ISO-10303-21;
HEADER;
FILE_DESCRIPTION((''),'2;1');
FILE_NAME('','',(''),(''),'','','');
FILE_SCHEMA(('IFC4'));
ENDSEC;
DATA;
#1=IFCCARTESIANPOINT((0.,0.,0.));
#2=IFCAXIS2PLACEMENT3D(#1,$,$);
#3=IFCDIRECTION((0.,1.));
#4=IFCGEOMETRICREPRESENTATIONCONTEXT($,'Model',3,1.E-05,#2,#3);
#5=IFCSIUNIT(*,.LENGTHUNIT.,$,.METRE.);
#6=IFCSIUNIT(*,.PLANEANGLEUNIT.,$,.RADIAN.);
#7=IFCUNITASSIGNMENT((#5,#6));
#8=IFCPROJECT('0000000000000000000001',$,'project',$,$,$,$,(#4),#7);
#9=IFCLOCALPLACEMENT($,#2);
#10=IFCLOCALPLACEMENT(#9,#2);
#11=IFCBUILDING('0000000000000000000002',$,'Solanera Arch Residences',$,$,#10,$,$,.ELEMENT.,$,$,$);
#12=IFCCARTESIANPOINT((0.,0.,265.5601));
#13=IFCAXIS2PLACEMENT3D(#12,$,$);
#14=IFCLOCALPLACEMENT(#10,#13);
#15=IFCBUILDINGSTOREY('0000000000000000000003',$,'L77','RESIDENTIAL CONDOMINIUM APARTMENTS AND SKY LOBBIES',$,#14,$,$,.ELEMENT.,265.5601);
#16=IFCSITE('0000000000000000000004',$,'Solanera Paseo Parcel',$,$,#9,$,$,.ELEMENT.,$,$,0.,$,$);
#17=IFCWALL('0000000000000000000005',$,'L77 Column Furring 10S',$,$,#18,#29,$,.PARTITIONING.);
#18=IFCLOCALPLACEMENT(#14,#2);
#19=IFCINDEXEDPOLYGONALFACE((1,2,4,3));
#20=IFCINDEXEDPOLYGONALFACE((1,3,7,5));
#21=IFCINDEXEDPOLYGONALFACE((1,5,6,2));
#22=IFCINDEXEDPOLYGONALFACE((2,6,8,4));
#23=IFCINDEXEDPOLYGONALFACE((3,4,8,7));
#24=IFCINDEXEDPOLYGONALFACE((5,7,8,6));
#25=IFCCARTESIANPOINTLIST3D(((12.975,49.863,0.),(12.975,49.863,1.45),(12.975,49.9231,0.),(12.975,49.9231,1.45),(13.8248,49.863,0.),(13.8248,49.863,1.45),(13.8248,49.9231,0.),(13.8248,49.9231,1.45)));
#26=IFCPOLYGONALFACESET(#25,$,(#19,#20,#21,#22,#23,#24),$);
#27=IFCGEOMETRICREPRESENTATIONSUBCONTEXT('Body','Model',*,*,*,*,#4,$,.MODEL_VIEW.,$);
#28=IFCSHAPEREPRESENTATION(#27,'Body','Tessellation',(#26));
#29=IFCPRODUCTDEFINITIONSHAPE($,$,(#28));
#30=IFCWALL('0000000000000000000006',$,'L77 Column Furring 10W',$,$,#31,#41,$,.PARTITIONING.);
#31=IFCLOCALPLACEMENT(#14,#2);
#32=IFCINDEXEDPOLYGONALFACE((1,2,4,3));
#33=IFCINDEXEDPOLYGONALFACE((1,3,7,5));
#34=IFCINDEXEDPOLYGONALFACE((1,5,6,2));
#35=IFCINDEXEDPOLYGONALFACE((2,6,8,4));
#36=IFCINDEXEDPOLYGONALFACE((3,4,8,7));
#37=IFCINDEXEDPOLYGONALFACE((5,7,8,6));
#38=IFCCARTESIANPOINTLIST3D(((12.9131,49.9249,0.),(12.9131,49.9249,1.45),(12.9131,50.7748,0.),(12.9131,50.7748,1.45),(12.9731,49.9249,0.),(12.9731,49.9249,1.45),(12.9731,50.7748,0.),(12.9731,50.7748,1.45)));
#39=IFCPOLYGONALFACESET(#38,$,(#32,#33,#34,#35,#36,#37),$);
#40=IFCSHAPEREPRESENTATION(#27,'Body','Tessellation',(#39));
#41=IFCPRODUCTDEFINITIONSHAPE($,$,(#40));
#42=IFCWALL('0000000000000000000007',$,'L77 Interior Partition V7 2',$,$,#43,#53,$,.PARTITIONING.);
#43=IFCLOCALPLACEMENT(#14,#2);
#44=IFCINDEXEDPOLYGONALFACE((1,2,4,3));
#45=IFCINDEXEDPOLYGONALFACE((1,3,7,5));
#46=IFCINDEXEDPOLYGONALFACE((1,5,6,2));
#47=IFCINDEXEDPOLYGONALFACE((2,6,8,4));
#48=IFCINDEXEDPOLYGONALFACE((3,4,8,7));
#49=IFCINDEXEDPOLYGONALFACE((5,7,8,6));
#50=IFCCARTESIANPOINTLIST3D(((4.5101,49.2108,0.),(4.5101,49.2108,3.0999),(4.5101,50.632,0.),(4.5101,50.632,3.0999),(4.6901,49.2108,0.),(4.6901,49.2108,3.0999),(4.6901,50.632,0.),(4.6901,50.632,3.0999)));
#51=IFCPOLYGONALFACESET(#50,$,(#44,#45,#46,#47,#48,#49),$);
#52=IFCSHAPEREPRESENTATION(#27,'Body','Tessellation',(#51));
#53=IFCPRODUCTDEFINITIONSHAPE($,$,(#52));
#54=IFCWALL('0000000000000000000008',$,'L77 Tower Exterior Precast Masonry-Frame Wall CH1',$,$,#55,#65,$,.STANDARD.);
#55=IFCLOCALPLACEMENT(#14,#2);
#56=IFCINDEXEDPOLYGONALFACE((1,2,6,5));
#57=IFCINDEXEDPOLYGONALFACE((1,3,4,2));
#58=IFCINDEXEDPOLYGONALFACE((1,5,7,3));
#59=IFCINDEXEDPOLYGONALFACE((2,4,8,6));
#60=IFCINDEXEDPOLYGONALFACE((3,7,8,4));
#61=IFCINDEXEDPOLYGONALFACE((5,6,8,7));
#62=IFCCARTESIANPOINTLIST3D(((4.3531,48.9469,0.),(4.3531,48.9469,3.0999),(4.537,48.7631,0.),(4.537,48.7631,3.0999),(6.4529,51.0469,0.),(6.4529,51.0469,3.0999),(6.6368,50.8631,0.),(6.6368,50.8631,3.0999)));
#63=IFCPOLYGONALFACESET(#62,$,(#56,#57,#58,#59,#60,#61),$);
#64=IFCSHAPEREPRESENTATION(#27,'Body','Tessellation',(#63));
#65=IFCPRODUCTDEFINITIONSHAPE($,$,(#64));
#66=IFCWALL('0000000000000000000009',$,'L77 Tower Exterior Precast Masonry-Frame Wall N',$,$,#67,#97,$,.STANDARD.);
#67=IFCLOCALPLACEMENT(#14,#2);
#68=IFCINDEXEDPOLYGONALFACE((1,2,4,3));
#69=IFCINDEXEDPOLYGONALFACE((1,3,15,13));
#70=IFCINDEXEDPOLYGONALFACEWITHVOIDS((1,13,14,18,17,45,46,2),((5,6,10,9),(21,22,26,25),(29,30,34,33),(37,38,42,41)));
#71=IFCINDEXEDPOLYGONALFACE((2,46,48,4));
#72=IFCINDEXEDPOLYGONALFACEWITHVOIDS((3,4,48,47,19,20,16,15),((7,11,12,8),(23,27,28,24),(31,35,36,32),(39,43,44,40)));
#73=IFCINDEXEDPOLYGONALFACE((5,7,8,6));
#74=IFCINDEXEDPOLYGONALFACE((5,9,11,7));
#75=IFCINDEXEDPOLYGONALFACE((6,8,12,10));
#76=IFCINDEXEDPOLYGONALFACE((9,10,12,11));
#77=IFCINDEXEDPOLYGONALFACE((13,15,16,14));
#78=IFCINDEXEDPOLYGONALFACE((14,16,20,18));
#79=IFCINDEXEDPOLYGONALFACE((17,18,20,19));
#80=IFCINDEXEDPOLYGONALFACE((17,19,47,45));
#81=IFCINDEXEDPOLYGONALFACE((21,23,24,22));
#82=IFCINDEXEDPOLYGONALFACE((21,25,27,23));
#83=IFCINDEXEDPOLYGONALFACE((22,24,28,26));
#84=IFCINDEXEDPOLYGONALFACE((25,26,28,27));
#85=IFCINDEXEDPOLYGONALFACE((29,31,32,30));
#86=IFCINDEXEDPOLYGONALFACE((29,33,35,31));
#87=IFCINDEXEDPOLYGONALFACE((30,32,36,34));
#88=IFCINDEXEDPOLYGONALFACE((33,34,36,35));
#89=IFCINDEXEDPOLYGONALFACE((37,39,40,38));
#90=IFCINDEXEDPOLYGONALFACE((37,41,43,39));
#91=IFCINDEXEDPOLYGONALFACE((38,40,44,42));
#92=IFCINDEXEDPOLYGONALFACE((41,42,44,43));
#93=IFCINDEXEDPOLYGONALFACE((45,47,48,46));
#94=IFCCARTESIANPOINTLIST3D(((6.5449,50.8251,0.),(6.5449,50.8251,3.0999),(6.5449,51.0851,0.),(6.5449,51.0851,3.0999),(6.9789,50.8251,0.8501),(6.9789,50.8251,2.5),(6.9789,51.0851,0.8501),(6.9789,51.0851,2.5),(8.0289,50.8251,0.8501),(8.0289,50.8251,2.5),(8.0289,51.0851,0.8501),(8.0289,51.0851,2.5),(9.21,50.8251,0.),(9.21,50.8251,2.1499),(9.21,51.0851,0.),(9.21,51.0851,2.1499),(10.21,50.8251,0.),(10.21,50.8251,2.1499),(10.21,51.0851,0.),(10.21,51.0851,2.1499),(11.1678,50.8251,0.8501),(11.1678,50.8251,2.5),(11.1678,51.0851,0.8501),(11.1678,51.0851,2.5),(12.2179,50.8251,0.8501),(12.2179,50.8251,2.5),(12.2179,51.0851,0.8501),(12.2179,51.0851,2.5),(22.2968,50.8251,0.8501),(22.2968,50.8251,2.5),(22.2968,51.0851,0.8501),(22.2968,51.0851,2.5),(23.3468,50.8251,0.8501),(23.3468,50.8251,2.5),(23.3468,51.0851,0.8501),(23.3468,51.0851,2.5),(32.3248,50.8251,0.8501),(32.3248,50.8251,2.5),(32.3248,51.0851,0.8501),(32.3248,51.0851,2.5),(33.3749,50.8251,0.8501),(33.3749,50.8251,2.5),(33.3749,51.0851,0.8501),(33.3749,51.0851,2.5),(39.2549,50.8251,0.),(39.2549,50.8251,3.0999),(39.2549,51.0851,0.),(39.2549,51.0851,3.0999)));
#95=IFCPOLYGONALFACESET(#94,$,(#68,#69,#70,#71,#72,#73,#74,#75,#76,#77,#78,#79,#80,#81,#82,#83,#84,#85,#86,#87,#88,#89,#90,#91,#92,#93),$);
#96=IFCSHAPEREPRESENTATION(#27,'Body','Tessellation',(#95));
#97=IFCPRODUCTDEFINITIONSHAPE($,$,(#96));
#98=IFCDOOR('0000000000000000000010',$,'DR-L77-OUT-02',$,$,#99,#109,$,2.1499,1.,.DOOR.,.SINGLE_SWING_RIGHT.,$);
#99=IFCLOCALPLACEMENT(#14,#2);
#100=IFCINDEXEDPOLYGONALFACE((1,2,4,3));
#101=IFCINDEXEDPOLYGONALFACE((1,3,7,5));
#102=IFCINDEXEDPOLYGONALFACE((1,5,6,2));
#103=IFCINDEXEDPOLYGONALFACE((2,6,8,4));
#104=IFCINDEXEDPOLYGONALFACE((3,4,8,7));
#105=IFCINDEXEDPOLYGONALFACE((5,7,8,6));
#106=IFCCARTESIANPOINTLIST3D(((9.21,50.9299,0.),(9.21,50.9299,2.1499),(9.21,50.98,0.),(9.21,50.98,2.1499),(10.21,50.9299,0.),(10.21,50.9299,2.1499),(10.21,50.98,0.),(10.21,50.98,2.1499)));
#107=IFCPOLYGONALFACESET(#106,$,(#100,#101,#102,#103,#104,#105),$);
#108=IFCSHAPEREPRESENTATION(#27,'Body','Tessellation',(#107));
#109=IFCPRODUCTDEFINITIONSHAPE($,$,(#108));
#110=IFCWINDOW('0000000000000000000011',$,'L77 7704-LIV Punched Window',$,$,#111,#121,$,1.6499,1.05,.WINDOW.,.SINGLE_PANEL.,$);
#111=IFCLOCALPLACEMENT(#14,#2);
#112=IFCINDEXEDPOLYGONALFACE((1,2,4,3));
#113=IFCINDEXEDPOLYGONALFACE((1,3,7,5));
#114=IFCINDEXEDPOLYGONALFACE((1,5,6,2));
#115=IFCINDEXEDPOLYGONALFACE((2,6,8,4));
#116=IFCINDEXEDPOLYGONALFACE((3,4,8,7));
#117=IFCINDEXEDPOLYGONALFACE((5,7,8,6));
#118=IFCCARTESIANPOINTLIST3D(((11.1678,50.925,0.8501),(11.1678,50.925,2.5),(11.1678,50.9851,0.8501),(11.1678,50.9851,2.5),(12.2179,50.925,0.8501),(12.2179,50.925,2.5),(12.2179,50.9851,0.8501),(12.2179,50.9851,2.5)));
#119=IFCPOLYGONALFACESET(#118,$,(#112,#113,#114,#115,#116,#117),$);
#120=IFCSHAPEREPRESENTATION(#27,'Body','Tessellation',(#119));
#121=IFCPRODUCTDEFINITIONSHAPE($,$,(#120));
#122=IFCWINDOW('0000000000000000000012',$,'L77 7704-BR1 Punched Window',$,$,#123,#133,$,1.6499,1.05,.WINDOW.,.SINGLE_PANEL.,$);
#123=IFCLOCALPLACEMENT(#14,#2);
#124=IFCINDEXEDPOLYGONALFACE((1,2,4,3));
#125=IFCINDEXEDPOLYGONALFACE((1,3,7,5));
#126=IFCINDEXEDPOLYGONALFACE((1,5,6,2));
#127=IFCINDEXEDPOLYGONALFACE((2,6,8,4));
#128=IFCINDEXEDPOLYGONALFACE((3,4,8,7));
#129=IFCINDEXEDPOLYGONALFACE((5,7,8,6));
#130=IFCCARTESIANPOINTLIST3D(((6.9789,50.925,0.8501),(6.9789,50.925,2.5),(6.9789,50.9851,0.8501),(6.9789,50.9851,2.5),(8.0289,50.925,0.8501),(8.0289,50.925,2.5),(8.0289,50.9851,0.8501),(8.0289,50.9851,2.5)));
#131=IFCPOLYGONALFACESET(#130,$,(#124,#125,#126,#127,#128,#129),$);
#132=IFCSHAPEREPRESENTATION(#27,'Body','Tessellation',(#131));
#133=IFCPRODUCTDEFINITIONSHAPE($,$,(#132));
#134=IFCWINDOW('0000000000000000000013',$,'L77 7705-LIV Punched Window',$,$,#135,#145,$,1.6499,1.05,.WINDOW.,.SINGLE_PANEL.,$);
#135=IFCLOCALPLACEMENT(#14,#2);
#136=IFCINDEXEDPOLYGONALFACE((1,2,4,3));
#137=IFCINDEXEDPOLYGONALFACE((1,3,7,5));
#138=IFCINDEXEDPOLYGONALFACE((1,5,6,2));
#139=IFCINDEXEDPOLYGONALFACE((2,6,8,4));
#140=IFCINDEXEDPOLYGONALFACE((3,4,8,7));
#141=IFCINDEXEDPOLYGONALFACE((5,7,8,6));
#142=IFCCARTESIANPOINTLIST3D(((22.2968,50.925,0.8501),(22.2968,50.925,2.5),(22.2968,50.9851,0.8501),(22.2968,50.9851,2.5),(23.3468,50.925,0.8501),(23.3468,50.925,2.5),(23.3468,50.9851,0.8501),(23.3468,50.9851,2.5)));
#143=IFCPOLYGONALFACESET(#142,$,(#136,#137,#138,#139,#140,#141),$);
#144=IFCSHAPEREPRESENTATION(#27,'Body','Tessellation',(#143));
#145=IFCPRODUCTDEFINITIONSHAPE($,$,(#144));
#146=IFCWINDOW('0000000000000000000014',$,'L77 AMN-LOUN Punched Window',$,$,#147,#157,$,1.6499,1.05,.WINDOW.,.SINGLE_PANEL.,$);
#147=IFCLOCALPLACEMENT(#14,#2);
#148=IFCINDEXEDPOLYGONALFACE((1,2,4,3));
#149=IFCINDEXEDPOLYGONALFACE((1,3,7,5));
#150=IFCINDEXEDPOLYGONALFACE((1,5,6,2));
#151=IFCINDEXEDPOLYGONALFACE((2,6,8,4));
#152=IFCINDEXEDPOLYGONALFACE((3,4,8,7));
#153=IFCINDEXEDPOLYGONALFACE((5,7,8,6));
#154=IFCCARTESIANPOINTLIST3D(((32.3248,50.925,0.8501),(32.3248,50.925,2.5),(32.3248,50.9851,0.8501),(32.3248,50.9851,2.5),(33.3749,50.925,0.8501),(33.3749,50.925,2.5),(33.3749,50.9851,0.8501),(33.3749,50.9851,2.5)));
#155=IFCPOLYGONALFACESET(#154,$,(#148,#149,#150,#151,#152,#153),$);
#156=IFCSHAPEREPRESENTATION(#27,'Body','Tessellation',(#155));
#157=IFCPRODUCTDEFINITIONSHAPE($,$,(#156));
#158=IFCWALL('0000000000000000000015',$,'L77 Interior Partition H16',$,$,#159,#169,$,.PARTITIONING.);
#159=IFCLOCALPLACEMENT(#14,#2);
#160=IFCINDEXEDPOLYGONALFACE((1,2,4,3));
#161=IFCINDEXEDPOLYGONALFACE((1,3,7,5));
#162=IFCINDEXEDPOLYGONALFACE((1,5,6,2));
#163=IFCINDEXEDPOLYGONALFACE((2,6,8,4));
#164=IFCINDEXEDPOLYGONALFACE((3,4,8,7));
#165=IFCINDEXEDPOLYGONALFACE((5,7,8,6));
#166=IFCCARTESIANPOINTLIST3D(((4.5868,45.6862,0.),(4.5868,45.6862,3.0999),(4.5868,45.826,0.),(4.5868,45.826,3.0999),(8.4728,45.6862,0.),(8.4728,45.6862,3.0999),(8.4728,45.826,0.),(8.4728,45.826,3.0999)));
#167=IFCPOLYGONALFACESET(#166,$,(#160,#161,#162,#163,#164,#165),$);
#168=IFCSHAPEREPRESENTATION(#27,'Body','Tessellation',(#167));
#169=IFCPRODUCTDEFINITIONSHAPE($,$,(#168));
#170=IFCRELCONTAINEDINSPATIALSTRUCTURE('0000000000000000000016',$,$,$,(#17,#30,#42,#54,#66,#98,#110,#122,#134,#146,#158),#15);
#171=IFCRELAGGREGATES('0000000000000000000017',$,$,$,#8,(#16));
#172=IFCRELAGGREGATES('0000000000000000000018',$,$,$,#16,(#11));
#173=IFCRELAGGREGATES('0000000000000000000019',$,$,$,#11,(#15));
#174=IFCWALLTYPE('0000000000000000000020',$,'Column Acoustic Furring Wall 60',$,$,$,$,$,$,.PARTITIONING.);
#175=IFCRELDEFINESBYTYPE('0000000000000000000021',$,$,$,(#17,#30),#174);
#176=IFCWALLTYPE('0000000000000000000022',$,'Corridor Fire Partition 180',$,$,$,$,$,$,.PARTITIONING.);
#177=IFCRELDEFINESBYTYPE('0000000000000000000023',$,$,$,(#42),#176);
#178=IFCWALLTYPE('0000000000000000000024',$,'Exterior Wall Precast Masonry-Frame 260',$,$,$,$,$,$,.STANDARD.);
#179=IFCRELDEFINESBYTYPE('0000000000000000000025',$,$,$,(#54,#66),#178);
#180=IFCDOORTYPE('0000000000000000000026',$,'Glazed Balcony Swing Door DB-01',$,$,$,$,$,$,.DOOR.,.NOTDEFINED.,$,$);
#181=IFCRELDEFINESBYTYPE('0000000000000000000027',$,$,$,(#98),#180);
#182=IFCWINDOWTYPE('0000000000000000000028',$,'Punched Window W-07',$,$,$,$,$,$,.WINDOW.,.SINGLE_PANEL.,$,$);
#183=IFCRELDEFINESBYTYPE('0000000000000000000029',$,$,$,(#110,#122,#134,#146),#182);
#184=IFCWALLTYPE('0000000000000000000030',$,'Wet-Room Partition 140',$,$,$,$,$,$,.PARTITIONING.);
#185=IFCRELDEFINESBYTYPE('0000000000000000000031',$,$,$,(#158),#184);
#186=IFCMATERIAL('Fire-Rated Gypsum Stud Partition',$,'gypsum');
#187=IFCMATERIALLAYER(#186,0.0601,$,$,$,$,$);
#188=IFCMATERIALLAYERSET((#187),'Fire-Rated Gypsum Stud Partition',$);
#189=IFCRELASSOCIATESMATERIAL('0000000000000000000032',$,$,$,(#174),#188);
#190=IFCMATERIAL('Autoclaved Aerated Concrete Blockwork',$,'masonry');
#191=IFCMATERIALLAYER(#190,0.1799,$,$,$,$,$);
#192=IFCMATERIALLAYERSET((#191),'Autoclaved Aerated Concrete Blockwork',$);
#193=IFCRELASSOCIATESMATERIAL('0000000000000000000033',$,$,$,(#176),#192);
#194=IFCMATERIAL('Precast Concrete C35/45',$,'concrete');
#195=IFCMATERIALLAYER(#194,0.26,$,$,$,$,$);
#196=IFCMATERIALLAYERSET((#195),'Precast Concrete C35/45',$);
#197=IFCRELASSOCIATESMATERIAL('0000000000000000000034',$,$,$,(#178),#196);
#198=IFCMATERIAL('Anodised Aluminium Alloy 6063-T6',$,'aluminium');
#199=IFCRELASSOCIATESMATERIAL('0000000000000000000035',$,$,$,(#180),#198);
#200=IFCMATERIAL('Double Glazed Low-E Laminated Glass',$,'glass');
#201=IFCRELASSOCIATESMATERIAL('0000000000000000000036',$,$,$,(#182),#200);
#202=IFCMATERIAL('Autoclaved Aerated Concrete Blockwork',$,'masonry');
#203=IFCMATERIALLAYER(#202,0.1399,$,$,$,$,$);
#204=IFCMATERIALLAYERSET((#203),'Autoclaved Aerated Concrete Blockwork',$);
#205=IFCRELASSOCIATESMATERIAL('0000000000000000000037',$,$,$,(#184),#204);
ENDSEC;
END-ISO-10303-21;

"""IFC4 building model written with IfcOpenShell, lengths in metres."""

from ifc_helpers import new_model, si_unit, direction, frame, frame_2d, origin, place, context, subcontext, project, spatial, rectangle, extrude, material, layer, layer_set, type_object, element, fill, save


model = new_model("IFC4")

# Units and contexts
model_context = context("Model", 3, precision=1e-05, world=origin(), true_north=direction((0.0, 1.0)))
body_context = subcontext(model_context, "Body", "Model", "MODEL_VIEW")
ifc_project = project(units=[si_unit("LENGTHUNIT", "METRE"), si_unit("PLANEANGLEUNIT", "RADIAN")], contexts=[model_context])

# Site, building, storey
site_placement = place(None, origin())
site = spatial("IfcSite", under=ifc_project, at=site_placement, Name="Solanera Paseo Parcel", CompositionType="ELEMENT", RefElevation=0.0)
building_placement = place(site_placement, origin())
building = spatial("IfcBuilding", under=site, at=building_placement, Name="Solanera Arch Residences", CompositionType="ELEMENT")
storey_placement = place(building_placement, frame((0.0, 0.0, 265.5601)))
storey = spatial("IfcBuildingStorey", under=building, at=storey_placement, Name="L77", Description="RESIDENTIAL CONDOMINIUM APARTMENTS AND SKY LOBBIES", CompositionType="ELEMENT", Elevation=265.5601)

# Walls
ifc_material_1 = material(Name="Fire-Rated Gypsum Stud Partition", Category="gypsum")
ifc_layer_1 = layer(ifc_material_1, 0.0601)
ifc_layer_set_1 = layer_set([ifc_layer_1], Name="Fire-Rated Gypsum Stud Partition")
wall_type_1 = type_object("IfcWallType", Name="Column Acoustic Furring Wall 60", PredefinedType="PARTITIONING", material=ifc_layer_set_1)
for number, where, z_axis, x_axis, name in (
    (1, (12.9751, 49.8931, 0.0), (0.0, 0.0, 1.0), (1.0, 0.0, 0.0), "L77 Column Furring 10S"),
    (2, (12.9431, 49.925, 0.0), (0.0, 0.0, 1.0), (0.0, 1.0, 0.0), "L77 Column Furring 10W"),
):
    element("IfcWall", number, at=place(storey_placement, frame(where, z_axis=z_axis, x_axis=x_axis)), inside=storey, type_object=wall_type_1, Name=name, PredefinedType="PARTITIONING", context=body_context, shape_type="SweptSolid", body=[
        extrude(rectangle(XDim=0.8499, YDim=0.0601, at=frame_2d((0.4248, 0.0))), origin(), (0.0, 0.0, 1.0), 1.45),
    ])
ifc_material_2 = material(Name="Autoclaved Aerated Concrete Blockwork", Category="masonry")
ifc_layer_2 = layer(ifc_material_2, 0.1799)
ifc_layer_set_2 = layer_set([ifc_layer_2], Name="Autoclaved Aerated Concrete Blockwork")
wall_type_2 = type_object("IfcWallType", Name="Corridor Fire Partition 180", PredefinedType="PARTITIONING", material=ifc_layer_set_2)
wall_1_placement = place(storey_placement, frame((4.6001, 49.2109, 0.0), z_axis=(0.0, 0.0, 1.0), x_axis=(0.0, 1.0, 0.0)))
element("IfcWall", 3, at=wall_1_placement, inside=storey, type_object=wall_type_2, Name="L77 Interior Partition V7 2", PredefinedType="PARTITIONING", context=body_context, shape_type="SweptSolid", body=[
    extrude(rectangle(XDim=1.4211, YDim=0.1799, at=frame_2d((0.7104, 0.0))), origin(), (0.0, 0.0, 1.0), 3.0999),
])
ifc_material_3 = material(Name="Precast Concrete C35/45", Category="concrete")
ifc_layer_3 = layer(ifc_material_3, 0.26)
ifc_layer_set_3 = layer_set([ifc_layer_3], Name="Precast Concrete C35/45")
wall_type_3 = type_object("IfcWallType", Name="Exterior Wall Precast Masonry-Frame 260", PredefinedType="STANDARD", material=ifc_layer_set_3)
wall_2_placement = place(storey_placement, frame((4.4451, 48.855, 0.0), z_axis=(0.0, 0.0, 1.0), x_axis=(0.707066, 0.707148, 0.0)))
element("IfcWall", 4, at=wall_2_placement, inside=storey, type_object=wall_type_3, Name="L77 Tower Exterior Precast Masonry-Frame Wall CH1", PredefinedType="STANDARD", context=body_context, shape_type="SweptSolid", body=[
    extrude(rectangle(XDim=2.9697, YDim=0.26, at=frame_2d((1.4849, 0.0))), origin(), (0.0, 0.0, 1.0), 3.0999),
])

# Wall, openings, door, windows
wall_3_placement = place(storey_placement, frame((6.5449, 50.9551, 0.0), z_axis=(0.0, 0.0, 1.0), x_axis=(1.0, 0.0, 0.0)))
wall_3 = element("IfcWall", 5, at=wall_3_placement, inside=storey, type_object=wall_type_3, Name="L77 Tower Exterior Precast Masonry-Frame Wall N", PredefinedType="STANDARD", context=body_context, shape_type="SweptSolid", body=[
    extrude(rectangle(XDim=32.71, YDim=0.26, at=frame_2d((16.355, 0.0))), origin(), (0.0, 0.0, 1.0), 3.0999),
])
opening_1_placement = place(wall_3_placement, frame((2.665, 0.0, 0.0)))
opening_1 = element("IfcOpeningElement", 6, at=opening_1_placement, cuts=wall_3, PredefinedType="OPENING", context=body_context, shape_type="SweptSolid", body=[
    extrude(rectangle(XDim=1.0, YDim=2.1499, at=frame_2d((0.5, 1.075))), frame((0.0, 0.1399, 0.0), z_axis=(0.0, -1.0, 0.0), x_axis=(1.0, 0.0, 0.0)), (0.0, 0.0, 1.0), 0.28),
])
opening_2_placement = place(wall_3_placement, frame((4.623, 0.0, 0.8501)))
opening_2 = element("IfcOpeningElement", 7, at=opening_2_placement, cuts=wall_3, PredefinedType="OPENING", context=body_context, shape_type="SweptSolid", body=[
    extrude(rectangle(XDim=1.05, YDim=1.6499, at=frame_2d((0.5249, 0.825))), frame((0.0, 0.1399, 0.0), z_axis=(0.0, -1.0, 0.0), x_axis=(1.0, 0.0, 0.0)), (0.0, 0.0, 1.0), 0.28),
])
opening_3_placement = place(wall_3_placement, frame((0.4341, 0.0, 0.8501)))
opening_3 = element("IfcOpeningElement", 8, at=opening_3_placement, cuts=wall_3, PredefinedType="OPENING", context=body_context, shape_type="SweptSolid", body=[
    extrude(rectangle(XDim=1.05, YDim=1.6499, at=frame_2d((0.5249, 0.825))), frame((0.0, 0.1399, 0.0), z_axis=(0.0, -1.0, 0.0), x_axis=(1.0, 0.0, 0.0)), (0.0, 0.0, 1.0), 0.28),
])
opening_4_placement = place(wall_3_placement, frame((15.752, 0.0, 0.8501)))
opening_4 = element("IfcOpeningElement", 9, at=opening_4_placement, cuts=wall_3, PredefinedType="OPENING", context=body_context, shape_type="SweptSolid", body=[
    extrude(rectangle(XDim=1.05, YDim=1.6499, at=frame_2d((0.5249, 0.825))), frame((0.0, 0.1399, 0.0), z_axis=(0.0, -1.0, 0.0), x_axis=(1.0, 0.0, 0.0)), (0.0, 0.0, 1.0), 0.28),
])
opening_5_placement = place(wall_3_placement, frame((25.78, 0.0, 0.8501)))
opening_5 = element("IfcOpeningElement", 10, at=opening_5_placement, cuts=wall_3, PredefinedType="OPENING", context=body_context, shape_type="SweptSolid", body=[
    extrude(rectangle(XDim=1.05, YDim=1.6499, at=frame_2d((0.5249, 0.825))), frame((0.0, 0.1399, 0.0), z_axis=(0.0, -1.0, 0.0), x_axis=(1.0, 0.0, 0.0)), (0.0, 0.0, 1.0), 0.28),
])
ifc_material_4 = material(Name="Anodised Aluminium Alloy 6063-T6", Category="aluminium")
door_type_1 = type_object("IfcDoorType", Name="Glazed Balcony Swing Door DB-01", OperationType="NOTDEFINED", PredefinedType="DOOR", material=ifc_material_4)
door_1_placement = place(opening_1_placement, origin())
door_1 = element("IfcDoor", 11, at=door_1_placement, inside=storey, type_object=door_type_1, Name="DR-L77-OUT-02", OperationType="SINGLE_SWING_RIGHT", OverallHeight=2.1499, OverallWidth=1.0, PredefinedType="DOOR", context=body_context, shape_type="SweptSolid", body=[
    extrude(rectangle(XDim=1.0, YDim=2.1499, at=frame_2d((0.5, 1.075))), frame((0.0, 0.0249, 0.0), z_axis=(0.0, -1.0, 0.0), x_axis=(1.0, 0.0, 0.0)), (0.0, 0.0, 1.0), 0.05),
])
fill(opening_1, door_1)
ifc_material_5 = material(Name="Double Glazed Low-E Laminated Glass", Category="glass")
window_type = type_object("IfcWindowType", Name="Punched Window W-07", PartitioningType="SINGLE_PANEL", PredefinedType="WINDOW", material=ifc_material_5)
window_1_placement = place(opening_2_placement, origin())
window_1 = element("IfcWindow", 12, at=window_1_placement, inside=storey, type_object=window_type, Name="L77 7704-LIV Punched Window", OverallHeight=1.6499, OverallWidth=1.05, PartitioningType="SINGLE_PANEL", PredefinedType="WINDOW", context=body_context, shape_type="SweptSolid", body=[
    extrude(rectangle(XDim=1.05, YDim=1.6499, at=frame_2d((0.5249, 0.825))), frame((0.0, 0.03, 0.0), z_axis=(0.0, -1.0, 0.0), x_axis=(1.0, 0.0, 0.0)), (0.0, 0.0, 1.0), 0.0601),
])
fill(opening_2, window_1)
window_2_placement = place(opening_3_placement, origin())
window_2 = element("IfcWindow", 13, at=window_2_placement, inside=storey, type_object=window_type, Name="L77 7704-BR1 Punched Window", OverallHeight=1.6499, OverallWidth=1.05, PartitioningType="SINGLE_PANEL", PredefinedType="WINDOW", context=body_context, shape_type="SweptSolid", body=[
    extrude(rectangle(XDim=1.05, YDim=1.6499, at=frame_2d((0.5249, 0.825))), frame((0.0, 0.03, 0.0), z_axis=(0.0, -1.0, 0.0), x_axis=(1.0, 0.0, 0.0)), (0.0, 0.0, 1.0), 0.0601),
])
fill(opening_3, window_2)
window_3_placement = place(opening_4_placement, origin())
window_3 = element("IfcWindow", 14, at=window_3_placement, inside=storey, type_object=window_type, Name="L77 7705-LIV Punched Window", OverallHeight=1.6499, OverallWidth=1.05, PartitioningType="SINGLE_PANEL", PredefinedType="WINDOW", context=body_context, shape_type="SweptSolid", body=[
    extrude(rectangle(XDim=1.05, YDim=1.6499, at=frame_2d((0.5249, 0.825))), frame((0.0, 0.03, 0.0), z_axis=(0.0, -1.0, 0.0), x_axis=(1.0, 0.0, 0.0)), (0.0, 0.0, 1.0), 0.0601),
])
fill(opening_4, window_3)
window_4_placement = place(opening_5_placement, origin())
window_4 = element("IfcWindow", 15, at=window_4_placement, inside=storey, type_object=window_type, Name="L77 AMN-LOUN Punched Window", OverallHeight=1.6499, OverallWidth=1.05, PartitioningType="SINGLE_PANEL", PredefinedType="WINDOW", context=body_context, shape_type="SweptSolid", body=[
    extrude(rectangle(XDim=1.05, YDim=1.6499, at=frame_2d((0.5249, 0.825))), frame((0.0, 0.03, 0.0), z_axis=(0.0, -1.0, 0.0), x_axis=(1.0, 0.0, 0.0)), (0.0, 0.0, 1.0), 0.0601),
])
fill(opening_5, window_4)

# Wall
ifc_material_6 = material(Name="Autoclaved Aerated Concrete Blockwork", Category="masonry")
ifc_layer_4 = layer(ifc_material_6, 0.1399)
ifc_layer_set_4 = layer_set([ifc_layer_4], Name="Autoclaved Aerated Concrete Blockwork")
wall_type_4 = type_object("IfcWallType", Name="Wet-Room Partition 140", PredefinedType="PARTITIONING", material=ifc_layer_set_4)
wall_4_placement = place(storey_placement, frame((4.5869, 45.7561, 0.0), z_axis=(0.0, 0.0, 1.0), x_axis=(1.0, 0.0, 0.0)))
element("IfcWall", 16, at=wall_4_placement, inside=storey, type_object=wall_type_4, Name="L77 Interior Partition H16", PredefinedType="PARTITIONING", context=body_context, shape_type="SweptSolid", body=[
    extrude(rectangle(XDim=3.886, YDim=0.1399, at=frame_2d((1.9429, 0.0))), origin(), (0.0, 0.0, 1.0), 3.0999),
])

save(model, "model.ifc")
